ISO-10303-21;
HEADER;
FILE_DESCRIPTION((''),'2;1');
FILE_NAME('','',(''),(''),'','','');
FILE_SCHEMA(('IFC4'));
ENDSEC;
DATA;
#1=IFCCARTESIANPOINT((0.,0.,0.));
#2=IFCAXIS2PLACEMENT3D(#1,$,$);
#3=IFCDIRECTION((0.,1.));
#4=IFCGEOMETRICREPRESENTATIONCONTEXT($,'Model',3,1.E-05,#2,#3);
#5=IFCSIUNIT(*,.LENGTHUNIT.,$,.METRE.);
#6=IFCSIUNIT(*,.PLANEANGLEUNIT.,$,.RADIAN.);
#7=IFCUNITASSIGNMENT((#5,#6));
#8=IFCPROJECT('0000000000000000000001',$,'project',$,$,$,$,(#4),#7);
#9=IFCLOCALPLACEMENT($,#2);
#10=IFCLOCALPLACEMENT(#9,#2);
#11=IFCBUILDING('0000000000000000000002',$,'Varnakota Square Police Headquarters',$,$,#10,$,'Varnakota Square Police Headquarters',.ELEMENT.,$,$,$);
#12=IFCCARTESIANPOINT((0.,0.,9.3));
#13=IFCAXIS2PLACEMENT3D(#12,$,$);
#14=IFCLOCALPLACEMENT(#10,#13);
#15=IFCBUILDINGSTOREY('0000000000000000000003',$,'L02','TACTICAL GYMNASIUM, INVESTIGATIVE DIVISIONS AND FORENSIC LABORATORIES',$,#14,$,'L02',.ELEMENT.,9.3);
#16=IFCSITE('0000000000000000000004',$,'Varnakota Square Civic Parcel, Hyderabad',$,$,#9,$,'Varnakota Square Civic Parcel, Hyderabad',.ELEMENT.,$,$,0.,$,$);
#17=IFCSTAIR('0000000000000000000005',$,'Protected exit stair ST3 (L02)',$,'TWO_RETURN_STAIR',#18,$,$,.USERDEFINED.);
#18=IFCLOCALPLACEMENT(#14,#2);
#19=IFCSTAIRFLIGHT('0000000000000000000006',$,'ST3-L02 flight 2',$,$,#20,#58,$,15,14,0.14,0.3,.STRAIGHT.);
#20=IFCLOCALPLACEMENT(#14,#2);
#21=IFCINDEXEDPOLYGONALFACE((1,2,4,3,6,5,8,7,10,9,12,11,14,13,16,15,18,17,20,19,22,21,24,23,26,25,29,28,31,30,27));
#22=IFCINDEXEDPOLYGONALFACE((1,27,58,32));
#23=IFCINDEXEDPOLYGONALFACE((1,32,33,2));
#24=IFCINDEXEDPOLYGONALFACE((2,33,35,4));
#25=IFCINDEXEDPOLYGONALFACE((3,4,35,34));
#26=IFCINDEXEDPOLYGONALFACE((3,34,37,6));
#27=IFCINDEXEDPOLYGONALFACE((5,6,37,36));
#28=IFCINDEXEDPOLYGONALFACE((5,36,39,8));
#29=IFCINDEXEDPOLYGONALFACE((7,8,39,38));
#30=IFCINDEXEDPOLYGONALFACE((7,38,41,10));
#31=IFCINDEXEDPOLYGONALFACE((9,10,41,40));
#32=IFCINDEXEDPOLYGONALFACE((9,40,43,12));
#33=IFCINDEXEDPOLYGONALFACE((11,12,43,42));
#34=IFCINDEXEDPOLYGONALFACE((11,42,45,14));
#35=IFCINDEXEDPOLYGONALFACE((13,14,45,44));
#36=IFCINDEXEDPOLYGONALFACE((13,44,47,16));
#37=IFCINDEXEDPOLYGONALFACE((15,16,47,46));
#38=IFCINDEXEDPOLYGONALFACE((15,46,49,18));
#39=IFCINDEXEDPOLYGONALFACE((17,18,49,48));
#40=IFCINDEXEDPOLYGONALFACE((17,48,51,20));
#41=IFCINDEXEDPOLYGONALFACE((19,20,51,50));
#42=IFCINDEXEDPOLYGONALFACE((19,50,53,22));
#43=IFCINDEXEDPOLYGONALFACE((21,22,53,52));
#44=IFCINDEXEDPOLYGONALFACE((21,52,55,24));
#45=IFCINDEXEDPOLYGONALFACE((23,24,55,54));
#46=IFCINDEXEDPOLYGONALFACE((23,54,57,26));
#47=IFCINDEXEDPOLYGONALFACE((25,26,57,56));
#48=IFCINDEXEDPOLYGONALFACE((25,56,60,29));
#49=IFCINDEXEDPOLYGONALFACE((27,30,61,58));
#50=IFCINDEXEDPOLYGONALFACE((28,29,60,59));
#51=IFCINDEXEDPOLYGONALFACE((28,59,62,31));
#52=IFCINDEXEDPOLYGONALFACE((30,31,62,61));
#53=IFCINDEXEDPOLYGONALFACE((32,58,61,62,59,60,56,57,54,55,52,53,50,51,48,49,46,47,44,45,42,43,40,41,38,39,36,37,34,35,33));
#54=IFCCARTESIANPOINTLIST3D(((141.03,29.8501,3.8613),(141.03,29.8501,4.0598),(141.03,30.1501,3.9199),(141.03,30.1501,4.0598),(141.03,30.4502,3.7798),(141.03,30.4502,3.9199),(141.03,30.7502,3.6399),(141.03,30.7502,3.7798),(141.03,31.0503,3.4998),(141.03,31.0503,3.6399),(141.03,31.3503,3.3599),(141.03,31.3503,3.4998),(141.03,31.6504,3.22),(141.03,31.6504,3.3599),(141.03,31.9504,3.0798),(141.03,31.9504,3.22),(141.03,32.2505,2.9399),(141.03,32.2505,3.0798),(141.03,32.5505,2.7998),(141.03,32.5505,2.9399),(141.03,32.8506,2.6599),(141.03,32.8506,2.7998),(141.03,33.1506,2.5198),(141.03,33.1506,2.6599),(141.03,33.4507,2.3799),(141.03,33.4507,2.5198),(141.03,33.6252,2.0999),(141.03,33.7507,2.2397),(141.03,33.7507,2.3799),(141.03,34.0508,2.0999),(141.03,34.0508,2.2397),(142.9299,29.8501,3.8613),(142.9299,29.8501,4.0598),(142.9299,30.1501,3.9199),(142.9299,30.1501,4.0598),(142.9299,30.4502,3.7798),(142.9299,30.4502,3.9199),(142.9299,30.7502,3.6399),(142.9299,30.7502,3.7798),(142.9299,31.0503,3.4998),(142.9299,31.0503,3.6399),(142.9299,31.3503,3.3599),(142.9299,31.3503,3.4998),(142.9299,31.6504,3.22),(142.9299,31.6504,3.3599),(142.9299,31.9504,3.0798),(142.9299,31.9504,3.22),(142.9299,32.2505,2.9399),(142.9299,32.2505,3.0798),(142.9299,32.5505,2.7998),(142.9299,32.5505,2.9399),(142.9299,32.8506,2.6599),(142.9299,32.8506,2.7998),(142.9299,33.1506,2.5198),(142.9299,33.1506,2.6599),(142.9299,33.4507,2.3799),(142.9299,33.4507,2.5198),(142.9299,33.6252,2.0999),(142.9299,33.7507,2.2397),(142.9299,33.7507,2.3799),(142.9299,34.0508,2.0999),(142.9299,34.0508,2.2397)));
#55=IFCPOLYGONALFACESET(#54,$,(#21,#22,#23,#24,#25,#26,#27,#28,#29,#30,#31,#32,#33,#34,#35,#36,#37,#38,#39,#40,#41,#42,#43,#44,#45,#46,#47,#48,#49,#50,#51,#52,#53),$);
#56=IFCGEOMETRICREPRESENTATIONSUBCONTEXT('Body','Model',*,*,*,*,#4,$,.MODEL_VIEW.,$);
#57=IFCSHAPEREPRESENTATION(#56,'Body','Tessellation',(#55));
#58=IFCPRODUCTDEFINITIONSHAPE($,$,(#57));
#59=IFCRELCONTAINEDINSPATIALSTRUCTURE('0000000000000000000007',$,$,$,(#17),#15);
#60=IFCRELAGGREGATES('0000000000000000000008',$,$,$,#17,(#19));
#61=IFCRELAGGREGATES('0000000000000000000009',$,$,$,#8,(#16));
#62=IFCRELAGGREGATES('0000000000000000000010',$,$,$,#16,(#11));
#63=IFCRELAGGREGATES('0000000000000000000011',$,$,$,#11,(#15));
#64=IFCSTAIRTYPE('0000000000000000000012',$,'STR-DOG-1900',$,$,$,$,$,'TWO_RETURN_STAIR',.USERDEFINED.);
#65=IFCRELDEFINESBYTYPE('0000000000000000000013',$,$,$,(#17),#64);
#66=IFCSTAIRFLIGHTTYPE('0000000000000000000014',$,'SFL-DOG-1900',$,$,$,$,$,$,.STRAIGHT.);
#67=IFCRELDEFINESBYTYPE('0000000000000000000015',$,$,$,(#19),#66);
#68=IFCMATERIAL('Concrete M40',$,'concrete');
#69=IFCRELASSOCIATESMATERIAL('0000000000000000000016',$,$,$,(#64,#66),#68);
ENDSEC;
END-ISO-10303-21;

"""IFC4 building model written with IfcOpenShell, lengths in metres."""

from ifc_helpers import new_model, si_unit, direction, frame, origin, place, context, subcontext, project, spatial, polyline, outline, extrude, material, type_object, element, aggregate, save


model = new_model("IFC4")

# Units and contexts
model_context = context("Model", 3, precision=1e-05, world=origin(), true_north=direction((0.0, 1.0)))
body_context = subcontext(model_context, "Body", "Model", "MODEL_VIEW")
ifc_project = project(units=[si_unit("LENGTHUNIT", "METRE"), si_unit("PLANEANGLEUNIT", "RADIAN")], contexts=[model_context])

# Site, building, storey
site_placement = place(None, origin())
site = spatial("IfcSite", under=ifc_project, at=site_placement, Name="Varnakota Square Civic Parcel, Hyderabad", LongName="Varnakota Square Civic Parcel, Hyderabad", CompositionType="ELEMENT", RefElevation=0.0)
building_placement = place(site_placement, origin())
building = spatial("IfcBuilding", under=site, at=building_placement, Name="Varnakota Square Police Headquarters", LongName="Varnakota Square Police Headquarters", CompositionType="ELEMENT")
storey_placement = place(building_placement, frame((0.0, 0.0, 9.3)))
storey = spatial("IfcBuildingStorey", under=building, at=storey_placement, Name="L02", Description="TACTICAL GYMNASIUM, INVESTIGATIVE DIVISIONS AND FORENSIC LABORATORIES", LongName="L02", CompositionType="ELEMENT", Elevation=9.3)

# Stair, stair flight
ifc_material_1 = material(Name="Concrete M40", Category="concrete")
stair_type = type_object("IfcStairType", Name="STR-DOG-1900", ElementType="TWO_RETURN_STAIR", PredefinedType="USERDEFINED", material=ifc_material_1)
stair_placement = place(storey_placement, origin())
stair = element("IfcStair", 1, at=stair_placement, inside=storey, type_object=stair_type, Name="Protected exit stair ST3 (L02)", ObjectType="TWO_RETURN_STAIR", PredefinedType="USERDEFINED")
stair_flight_type = type_object("IfcStairFlightType", Name="SFL-DOG-1900", PredefinedType="STRAIGHT", material=ifc_material_1)
stair_flight_placement = place(storey_placement, frame((141.98, 34.0508, 2.0999), z_axis=(0.0, 0.0, 1.0), x_axis=(0.0, -1.0, 0.0)))
stair_flight = element("IfcStairFlight", 2, at=stair_flight_placement, type_object=stair_flight_type, Name="ST3-L02 flight 2", NumberOfRisers=15, NumberOfTreads=14, PredefinedType="STRAIGHT", RiserHeight=0.14, TreadLength=0.3, context=body_context, shape_type="SweptSolid", body=[
    extrude(outline(polyline([(0.0, 0.0), (0.0, 0.1399), (0.3, 0.1399), (0.3, 0.28), (0.6001, 0.28), (0.6001, 0.4199), (0.9001, 0.4199), (0.9001, 0.5601), (1.2002, 0.5601), (1.2002, 0.7), (1.5002, 0.7), (1.5002, 0.8401), (1.8003, 0.8401), (1.8003, 0.98), (2.1003, 0.98), (2.1003, 1.1201), (2.4004, 1.1201), (2.4004, 1.26), (2.7004, 1.26), (2.7004, 1.3999), (3.0005, 1.3999), (3.0005, 1.54), (3.3005, 1.54), (3.3005, 1.6799), (3.6006, 1.6799), (3.6006, 1.8201), (3.9006, 1.8201), (3.9006, 1.96), (4.2007, 1.96), (4.2007, 2.1001), (4.2007, 1.7615), (0.4255, 0.0), (0.0, 0.0)])), frame((0.0, 0.95, 0.0), z_axis=(0.0, -1.0, 0.0), x_axis=(1.0, 0.0, 0.0)), (0.0, 0.0, 1.0), 1.8999),
])
aggregate(stair, [stair_flight])

save(model, "model.ifc")
